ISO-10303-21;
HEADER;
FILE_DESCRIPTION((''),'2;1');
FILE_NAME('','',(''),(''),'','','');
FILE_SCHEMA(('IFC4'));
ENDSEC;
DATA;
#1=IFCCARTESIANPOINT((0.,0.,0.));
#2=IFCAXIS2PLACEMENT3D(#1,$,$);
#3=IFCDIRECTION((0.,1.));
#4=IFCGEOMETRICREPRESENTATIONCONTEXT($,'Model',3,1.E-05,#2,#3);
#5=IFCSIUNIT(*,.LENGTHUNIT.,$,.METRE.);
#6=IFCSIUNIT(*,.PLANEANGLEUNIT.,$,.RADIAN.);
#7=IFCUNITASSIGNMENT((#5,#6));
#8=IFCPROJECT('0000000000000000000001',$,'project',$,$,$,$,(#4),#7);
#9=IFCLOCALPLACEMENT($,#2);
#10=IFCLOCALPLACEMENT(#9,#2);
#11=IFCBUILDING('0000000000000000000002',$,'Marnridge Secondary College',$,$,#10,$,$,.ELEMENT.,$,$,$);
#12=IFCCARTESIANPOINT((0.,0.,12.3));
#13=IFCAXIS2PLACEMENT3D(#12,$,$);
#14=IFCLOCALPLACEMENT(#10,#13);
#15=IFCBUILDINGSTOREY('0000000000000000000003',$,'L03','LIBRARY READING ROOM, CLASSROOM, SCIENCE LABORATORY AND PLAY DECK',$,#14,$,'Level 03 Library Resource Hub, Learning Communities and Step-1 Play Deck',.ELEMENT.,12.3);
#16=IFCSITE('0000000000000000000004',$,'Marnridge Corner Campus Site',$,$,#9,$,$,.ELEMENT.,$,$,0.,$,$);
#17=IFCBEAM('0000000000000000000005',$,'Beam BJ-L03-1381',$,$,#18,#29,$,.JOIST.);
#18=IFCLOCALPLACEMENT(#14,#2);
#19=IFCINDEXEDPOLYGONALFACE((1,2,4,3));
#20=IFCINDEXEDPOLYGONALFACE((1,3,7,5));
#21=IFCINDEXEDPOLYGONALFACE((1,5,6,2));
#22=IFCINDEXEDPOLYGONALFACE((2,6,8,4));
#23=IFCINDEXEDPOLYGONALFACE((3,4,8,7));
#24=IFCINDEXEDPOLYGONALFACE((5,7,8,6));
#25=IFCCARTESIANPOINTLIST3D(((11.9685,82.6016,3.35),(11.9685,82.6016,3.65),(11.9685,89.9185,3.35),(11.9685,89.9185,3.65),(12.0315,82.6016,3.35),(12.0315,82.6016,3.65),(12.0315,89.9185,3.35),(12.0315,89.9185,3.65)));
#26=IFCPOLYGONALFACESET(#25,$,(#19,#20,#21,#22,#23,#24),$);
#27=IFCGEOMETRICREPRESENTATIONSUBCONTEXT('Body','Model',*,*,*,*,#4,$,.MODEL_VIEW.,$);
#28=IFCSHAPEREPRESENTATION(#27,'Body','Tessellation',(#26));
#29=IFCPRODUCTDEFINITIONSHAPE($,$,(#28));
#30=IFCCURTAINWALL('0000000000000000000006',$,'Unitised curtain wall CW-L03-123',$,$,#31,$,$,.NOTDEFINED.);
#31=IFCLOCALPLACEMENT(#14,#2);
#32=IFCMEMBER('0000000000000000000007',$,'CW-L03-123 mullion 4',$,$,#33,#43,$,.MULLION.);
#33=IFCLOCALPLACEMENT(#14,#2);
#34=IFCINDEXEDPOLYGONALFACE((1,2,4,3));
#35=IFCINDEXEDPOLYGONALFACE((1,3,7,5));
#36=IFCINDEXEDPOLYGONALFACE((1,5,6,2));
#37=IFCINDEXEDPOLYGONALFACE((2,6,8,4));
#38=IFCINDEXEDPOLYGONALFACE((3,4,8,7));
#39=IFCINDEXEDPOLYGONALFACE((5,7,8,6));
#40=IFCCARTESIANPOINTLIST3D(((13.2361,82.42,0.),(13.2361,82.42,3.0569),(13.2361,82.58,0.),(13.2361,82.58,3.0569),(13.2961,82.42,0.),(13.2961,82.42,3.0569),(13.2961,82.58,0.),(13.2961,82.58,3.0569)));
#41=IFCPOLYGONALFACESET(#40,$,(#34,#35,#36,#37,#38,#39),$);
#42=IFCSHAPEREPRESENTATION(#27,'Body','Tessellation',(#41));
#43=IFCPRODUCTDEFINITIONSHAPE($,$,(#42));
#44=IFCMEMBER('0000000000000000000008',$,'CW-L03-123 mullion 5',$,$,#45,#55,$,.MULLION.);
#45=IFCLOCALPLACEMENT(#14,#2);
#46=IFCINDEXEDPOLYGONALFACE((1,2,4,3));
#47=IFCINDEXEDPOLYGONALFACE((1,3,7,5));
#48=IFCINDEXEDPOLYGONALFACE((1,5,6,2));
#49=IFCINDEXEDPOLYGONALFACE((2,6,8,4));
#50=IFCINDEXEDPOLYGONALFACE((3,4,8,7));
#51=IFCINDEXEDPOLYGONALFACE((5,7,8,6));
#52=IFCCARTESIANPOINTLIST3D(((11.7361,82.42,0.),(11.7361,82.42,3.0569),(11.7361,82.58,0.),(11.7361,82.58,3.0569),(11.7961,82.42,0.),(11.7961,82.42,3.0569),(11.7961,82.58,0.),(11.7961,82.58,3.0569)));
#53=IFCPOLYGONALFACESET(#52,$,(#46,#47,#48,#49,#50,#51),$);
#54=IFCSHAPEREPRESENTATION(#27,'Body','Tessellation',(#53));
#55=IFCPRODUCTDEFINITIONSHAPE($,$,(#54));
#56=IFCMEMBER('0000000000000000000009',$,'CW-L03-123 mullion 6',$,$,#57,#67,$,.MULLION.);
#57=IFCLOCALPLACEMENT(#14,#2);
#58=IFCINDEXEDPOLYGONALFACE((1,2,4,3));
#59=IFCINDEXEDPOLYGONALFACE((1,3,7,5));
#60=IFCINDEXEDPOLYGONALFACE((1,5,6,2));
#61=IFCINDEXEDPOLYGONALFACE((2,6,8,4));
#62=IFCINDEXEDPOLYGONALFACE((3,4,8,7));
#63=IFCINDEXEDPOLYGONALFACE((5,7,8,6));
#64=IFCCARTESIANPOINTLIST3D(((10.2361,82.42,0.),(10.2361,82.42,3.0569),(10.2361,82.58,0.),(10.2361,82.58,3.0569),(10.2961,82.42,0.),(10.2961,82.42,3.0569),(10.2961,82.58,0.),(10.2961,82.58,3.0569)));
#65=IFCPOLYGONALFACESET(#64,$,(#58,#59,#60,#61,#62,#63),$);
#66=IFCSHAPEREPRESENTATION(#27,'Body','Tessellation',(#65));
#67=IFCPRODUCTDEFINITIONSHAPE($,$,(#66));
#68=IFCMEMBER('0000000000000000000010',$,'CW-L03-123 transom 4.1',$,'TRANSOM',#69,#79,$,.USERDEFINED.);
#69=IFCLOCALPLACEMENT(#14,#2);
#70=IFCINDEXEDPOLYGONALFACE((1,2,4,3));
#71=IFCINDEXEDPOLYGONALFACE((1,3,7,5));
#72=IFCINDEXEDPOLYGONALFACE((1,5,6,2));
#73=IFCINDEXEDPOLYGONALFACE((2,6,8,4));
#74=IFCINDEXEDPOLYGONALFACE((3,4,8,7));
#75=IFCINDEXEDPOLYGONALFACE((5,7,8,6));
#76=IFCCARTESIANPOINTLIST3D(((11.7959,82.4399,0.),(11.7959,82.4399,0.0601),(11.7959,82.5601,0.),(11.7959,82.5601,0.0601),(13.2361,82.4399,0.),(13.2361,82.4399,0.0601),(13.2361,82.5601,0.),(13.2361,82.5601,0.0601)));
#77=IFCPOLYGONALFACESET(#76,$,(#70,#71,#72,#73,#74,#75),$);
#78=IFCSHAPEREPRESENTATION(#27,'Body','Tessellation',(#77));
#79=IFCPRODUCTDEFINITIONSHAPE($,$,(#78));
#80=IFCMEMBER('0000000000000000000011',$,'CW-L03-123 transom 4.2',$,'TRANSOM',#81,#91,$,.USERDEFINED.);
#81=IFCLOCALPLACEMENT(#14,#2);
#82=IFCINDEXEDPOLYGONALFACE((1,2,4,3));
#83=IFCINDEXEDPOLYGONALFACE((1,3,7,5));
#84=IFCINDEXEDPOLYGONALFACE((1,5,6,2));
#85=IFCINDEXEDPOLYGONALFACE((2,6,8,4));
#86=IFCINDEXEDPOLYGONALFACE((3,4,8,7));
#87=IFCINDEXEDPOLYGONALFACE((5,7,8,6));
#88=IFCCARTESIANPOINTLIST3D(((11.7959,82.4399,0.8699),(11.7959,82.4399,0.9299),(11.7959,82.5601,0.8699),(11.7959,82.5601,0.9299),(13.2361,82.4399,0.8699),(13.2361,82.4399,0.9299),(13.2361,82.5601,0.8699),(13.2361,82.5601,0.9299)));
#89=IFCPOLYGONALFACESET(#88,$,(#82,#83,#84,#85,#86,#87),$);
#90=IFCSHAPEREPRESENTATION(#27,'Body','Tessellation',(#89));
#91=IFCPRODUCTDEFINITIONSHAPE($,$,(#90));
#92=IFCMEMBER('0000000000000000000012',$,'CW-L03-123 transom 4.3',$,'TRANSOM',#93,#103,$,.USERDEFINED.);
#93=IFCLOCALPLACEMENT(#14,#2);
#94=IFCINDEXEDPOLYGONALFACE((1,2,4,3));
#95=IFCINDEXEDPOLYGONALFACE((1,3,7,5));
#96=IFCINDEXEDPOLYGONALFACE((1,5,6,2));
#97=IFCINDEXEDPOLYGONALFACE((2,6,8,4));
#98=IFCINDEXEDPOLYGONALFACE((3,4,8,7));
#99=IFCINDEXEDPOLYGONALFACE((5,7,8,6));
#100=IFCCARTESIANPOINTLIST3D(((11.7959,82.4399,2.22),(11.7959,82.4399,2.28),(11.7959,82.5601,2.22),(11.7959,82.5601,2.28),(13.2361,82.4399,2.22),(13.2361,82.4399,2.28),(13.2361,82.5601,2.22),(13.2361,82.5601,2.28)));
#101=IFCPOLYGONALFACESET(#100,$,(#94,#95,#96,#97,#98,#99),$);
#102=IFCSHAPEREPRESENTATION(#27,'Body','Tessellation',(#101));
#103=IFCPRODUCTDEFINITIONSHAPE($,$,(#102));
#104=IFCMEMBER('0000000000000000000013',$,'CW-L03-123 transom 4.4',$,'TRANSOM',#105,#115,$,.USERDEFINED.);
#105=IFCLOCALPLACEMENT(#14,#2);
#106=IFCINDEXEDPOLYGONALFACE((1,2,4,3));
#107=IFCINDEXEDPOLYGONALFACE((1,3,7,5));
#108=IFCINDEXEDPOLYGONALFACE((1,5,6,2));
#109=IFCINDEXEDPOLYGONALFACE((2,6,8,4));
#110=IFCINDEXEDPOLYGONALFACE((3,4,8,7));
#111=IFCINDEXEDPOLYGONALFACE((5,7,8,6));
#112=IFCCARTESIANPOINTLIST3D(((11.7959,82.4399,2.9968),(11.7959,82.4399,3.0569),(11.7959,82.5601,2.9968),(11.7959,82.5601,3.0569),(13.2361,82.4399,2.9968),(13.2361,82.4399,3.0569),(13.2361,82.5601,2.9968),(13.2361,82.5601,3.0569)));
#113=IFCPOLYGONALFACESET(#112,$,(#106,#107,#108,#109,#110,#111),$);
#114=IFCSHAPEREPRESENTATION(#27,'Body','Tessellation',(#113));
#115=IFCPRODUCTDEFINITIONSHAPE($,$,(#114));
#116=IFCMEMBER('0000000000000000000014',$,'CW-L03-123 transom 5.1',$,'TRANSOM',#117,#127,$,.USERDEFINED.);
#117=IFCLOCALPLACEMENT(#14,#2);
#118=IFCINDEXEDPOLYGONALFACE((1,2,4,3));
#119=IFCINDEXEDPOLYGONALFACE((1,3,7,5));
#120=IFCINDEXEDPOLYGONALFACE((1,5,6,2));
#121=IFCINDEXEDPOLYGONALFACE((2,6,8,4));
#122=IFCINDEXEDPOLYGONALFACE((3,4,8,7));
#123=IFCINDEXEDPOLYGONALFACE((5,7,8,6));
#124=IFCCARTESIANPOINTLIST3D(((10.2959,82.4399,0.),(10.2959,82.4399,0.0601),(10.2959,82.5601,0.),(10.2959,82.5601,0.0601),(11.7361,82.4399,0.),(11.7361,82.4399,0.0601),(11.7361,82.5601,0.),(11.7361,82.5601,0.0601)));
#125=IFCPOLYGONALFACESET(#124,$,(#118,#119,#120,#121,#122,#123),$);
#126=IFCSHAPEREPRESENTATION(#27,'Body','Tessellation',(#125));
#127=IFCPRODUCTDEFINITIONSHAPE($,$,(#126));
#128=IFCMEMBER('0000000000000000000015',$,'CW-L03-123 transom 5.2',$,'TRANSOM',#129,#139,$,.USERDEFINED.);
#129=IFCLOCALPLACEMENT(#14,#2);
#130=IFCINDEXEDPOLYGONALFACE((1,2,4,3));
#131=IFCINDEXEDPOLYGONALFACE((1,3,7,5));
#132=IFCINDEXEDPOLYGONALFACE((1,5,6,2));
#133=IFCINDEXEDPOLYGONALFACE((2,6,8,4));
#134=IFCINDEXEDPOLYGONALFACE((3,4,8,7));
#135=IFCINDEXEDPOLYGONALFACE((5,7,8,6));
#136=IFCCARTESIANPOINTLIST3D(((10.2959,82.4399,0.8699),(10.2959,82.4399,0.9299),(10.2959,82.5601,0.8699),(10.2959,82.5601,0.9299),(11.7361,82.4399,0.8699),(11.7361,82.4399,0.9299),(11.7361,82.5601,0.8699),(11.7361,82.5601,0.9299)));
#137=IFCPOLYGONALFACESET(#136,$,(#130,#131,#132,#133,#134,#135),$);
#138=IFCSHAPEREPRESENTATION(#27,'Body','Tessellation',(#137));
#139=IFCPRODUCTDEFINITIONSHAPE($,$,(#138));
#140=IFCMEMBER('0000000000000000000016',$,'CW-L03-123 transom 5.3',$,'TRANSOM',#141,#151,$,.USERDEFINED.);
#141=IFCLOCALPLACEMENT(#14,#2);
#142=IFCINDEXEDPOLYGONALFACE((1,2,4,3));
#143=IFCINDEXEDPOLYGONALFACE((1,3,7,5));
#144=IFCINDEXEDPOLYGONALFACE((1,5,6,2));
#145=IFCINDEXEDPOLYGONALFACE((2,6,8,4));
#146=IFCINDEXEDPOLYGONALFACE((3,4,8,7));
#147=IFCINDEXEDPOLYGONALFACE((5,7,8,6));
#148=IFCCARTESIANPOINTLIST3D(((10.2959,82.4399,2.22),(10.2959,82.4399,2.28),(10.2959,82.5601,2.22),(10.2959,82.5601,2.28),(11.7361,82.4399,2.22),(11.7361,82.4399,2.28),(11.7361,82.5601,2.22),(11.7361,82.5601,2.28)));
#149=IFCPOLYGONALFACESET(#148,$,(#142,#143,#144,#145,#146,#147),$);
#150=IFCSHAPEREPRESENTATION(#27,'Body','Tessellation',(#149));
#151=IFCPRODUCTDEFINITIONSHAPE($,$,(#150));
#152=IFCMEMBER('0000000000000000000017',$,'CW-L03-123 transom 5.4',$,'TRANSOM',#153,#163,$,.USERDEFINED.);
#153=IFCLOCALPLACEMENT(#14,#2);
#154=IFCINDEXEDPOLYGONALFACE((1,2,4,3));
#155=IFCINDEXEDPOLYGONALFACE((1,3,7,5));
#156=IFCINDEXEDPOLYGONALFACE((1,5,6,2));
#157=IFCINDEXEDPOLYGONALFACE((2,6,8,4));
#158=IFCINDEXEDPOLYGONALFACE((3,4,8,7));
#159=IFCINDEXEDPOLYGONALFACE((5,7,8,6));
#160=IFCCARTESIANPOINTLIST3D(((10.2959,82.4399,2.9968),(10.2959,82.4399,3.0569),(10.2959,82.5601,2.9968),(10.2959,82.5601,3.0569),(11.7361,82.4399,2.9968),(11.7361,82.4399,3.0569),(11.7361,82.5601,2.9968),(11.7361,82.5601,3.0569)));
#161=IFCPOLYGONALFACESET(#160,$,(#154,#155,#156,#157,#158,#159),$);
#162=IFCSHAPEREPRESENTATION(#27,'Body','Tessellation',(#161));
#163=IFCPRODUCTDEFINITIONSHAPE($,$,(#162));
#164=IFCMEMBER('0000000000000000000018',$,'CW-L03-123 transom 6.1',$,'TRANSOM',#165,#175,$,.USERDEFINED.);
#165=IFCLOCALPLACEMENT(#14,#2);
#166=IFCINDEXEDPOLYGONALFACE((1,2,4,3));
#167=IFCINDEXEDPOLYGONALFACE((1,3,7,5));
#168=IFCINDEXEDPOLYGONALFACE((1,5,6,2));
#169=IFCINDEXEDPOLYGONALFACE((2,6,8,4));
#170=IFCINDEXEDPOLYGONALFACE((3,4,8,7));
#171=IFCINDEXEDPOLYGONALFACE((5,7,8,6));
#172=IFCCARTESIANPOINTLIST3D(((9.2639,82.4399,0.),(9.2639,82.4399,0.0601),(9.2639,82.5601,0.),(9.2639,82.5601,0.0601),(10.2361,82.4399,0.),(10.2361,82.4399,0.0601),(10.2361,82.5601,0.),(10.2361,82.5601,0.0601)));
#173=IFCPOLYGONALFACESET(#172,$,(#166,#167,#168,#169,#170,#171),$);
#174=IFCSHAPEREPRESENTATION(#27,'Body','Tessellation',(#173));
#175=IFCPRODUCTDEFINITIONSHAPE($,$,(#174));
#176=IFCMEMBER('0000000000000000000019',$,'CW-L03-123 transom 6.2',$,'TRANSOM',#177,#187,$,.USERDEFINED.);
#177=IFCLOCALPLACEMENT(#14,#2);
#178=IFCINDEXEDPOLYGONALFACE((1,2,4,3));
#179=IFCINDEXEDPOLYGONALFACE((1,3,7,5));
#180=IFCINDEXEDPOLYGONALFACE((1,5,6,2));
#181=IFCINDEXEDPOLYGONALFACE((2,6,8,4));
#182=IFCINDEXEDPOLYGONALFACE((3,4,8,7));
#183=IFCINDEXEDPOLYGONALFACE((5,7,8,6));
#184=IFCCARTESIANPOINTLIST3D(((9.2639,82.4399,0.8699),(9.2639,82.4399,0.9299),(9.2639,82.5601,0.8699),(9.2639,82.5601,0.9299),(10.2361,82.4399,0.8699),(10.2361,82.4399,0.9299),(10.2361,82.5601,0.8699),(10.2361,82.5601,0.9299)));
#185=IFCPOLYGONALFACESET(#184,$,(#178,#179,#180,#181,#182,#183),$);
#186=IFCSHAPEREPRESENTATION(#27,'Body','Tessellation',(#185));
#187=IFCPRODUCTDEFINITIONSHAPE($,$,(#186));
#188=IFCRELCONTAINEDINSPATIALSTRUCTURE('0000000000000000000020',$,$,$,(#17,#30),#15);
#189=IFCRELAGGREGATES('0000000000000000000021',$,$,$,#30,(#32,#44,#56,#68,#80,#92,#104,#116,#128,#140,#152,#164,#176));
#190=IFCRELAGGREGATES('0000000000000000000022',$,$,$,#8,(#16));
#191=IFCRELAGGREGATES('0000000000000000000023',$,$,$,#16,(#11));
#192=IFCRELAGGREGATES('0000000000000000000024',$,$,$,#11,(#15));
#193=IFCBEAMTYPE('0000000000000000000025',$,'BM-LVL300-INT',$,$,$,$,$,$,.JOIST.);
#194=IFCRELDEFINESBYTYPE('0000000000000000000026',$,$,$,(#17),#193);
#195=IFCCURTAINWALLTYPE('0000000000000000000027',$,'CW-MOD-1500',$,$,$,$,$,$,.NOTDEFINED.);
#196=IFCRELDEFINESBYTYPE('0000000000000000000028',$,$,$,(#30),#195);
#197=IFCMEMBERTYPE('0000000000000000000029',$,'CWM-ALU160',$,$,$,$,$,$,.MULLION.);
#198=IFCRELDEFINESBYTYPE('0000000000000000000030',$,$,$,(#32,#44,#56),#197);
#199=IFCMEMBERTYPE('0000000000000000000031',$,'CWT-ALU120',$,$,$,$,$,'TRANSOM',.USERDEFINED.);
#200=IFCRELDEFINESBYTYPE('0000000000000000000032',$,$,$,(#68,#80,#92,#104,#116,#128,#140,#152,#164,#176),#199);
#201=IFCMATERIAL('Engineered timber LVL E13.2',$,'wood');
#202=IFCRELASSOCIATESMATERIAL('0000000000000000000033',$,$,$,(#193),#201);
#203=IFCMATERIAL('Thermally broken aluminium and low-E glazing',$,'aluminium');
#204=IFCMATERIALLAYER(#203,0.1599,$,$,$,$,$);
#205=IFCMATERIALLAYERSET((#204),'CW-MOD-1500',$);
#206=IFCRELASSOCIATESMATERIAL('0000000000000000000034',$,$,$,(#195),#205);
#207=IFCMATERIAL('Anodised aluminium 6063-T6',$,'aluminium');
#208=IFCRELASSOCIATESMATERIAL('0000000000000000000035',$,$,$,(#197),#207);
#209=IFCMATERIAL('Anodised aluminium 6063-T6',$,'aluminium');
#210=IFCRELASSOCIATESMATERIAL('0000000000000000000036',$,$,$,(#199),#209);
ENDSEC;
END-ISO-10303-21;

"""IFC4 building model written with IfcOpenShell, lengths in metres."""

from ifc_helpers import new_model, si_unit, direction, frame, origin, origin_2d, place, context, subcontext, project, spatial, rectangle, extrude, material, layer, layer_set, material_profile, profile_set, type_object, element, aggregate, save


model = new_model("IFC4")

# Units and contexts
model_context = context("Model", 3, precision=1e-05, world=origin(), true_north=direction((0.0, 1.0)))
body_context = subcontext(model_context, "Body", "Model", "MODEL_VIEW")
ifc_project = project(units=[si_unit("LENGTHUNIT", "METRE"), si_unit("PLANEANGLEUNIT", "RADIAN")], contexts=[model_context])

# Site, building, storey
site_placement = place(None, origin())
site = spatial("IfcSite", under=ifc_project, at=site_placement, Name="Marnridge Corner Campus Site", CompositionType="ELEMENT", RefElevation=0.0)
building_placement = place(site_placement, origin())
building = spatial("IfcBuilding", under=site, at=building_placement, Name="Marnridge Secondary College", CompositionType="ELEMENT")
storey_placement = place(building_placement, frame((0.0, 0.0, 12.3)))
storey = spatial("IfcBuildingStorey", under=building, at=storey_placement, Name="L03", Description="LIBRARY READING ROOM, CLASSROOM, SCIENCE LABORATORY AND PLAY DECK", LongName="Level 03 Library Resource Hub, Learning Communities and Step-1 Play Deck", CompositionType="ELEMENT", Elevation=12.3)

# Beam
ifc_material_1 = material(Name="Engineered timber LVL E13.2", Category="wood")
ifc_material_profile_1 = material_profile(ifc_material_1, rectangle(XDim=0.063, YDim=0.3, at=origin_2d()), Name="LVL 63x300")
ifc_profile_set_1 = profile_set([ifc_material_profile_1], Name="Engineered timber LVL E13.2")
beam_type = type_object("IfcBeamType", Name="BM-LVL300-INT", PredefinedType="JOIST", material=ifc_profile_set_1)
beam_placement = place(storey_placement, frame((12.0, 82.6016, 3.5), z_axis=(0.0, 1.0, 0.0), x_axis=(-1.0, 0.0, 0.0)))
element("IfcBeam", 1, at=beam_placement, inside=storey, type_object=beam_type, Name="Beam BJ-L03-1381", PredefinedType="JOIST", context=body_context, shape_type="SweptSolid", body=[
    extrude(rectangle(XDim=0.063, YDim=0.3, at=origin_2d()), origin(), (0.0, 0.0, 1.0), 7.3169),
])

# Curtain wall, members
ifc_material_2 = material(Name="Thermally broken aluminium and low-E glazing", Category="aluminium")
ifc_layer_1 = layer(ifc_material_2, 0.1599)
ifc_layer_set_1 = layer_set([ifc_layer_1], Name="CW-MOD-1500")
curtain_wall_type = type_object("IfcCurtainWallType", Name="CW-MOD-1500", PredefinedType="NOTDEFINED", material=ifc_layer_set_1)
curtain_wall_placement = place(storey_placement, origin())
curtain_wall = element("IfcCurtainWall", 2, at=curtain_wall_placement, inside=storey, type_object=curtain_wall_type, Name="Unitised curtain wall CW-L03-123", PredefinedType="NOTDEFINED")
ifc_material_3 = material(Name="Anodised aluminium 6063-T6", Category="aluminium")
ifc_material_profile_2 = material_profile(ifc_material_3, rectangle(XDim=0.0601, YDim=0.1599, at=origin_2d()), Name="ALU 60x160")
ifc_profile_set_2 = profile_set([ifc_material_profile_2], Name="Anodised aluminium 6063-T6")
member_type_1 = type_object("IfcMemberType", Name="CWM-ALU160", PredefinedType="MULLION", material=ifc_profile_set_2)
member_1_placement = place(storey_placement, frame((13.2661, 82.5, 0.0), z_axis=(0.0, 0.0, 1.0), x_axis=(-1.0, 0.0, 0.0)))
member_1 = element("IfcMember", 3, at=member_1_placement, type_object=member_type_1, Name="CW-L03-123 mullion 4", PredefinedType="MULLION", context=body_context, shape_type="SweptSolid", body=[
    extrude(rectangle(XDim=0.0601, YDim=0.1599, at=origin_2d()), origin(), (0.0, 0.0, 1.0), 3.0569),
])
member_2_placement = place(storey_placement, frame((11.7661, 82.5, 0.0), z_axis=(0.0, 0.0, 1.0), x_axis=(-1.0, 0.0, 0.0)))
member_2 = element("IfcMember", 4, at=member_2_placement, type_object=member_type_1, Name="CW-L03-123 mullion 5", PredefinedType="MULLION", context=body_context, shape_type="SweptSolid", body=[
    extrude(rectangle(XDim=0.0601, YDim=0.1599, at=origin_2d()), origin(), (0.0, 0.0, 1.0), 3.0569),
])
member_3_placement = place(storey_placement, frame((10.2661, 82.5, 0.0), z_axis=(0.0, 0.0, 1.0), x_axis=(-1.0, 0.0, 0.0)))
member_3 = element("IfcMember", 5, at=member_3_placement, type_object=member_type_1, Name="CW-L03-123 mullion 6", PredefinedType="MULLION", context=body_context, shape_type="SweptSolid", body=[
    extrude(rectangle(XDim=0.0601, YDim=0.1599, at=origin_2d()), origin(), (0.0, 0.0, 1.0), 3.0569),
])
ifc_material_4 = material(Name="Anodised aluminium 6063-T6", Category="aluminium")
ifc_material_profile_3 = material_profile(ifc_material_4, rectangle(XDim=0.0601, YDim=0.1201, at=origin_2d()), Name="ALU 60x120")
ifc_profile_set_3 = profile_set([ifc_material_profile_3], Name="Anodised aluminium 6063-T6")
member_type_2 = type_object("IfcMemberType", Name="CWT-ALU120", ElementType="TRANSOM", PredefinedType="USERDEFINED", material=ifc_profile_set_3)
member_4_placement = place(storey_placement, frame((13.2361, 82.5, 0.03), z_axis=(-1.0, 0.0, 0.0), x_axis=(0.0, 0.0, 1.0)))
member_4 = element("IfcMember", 6, at=member_4_placement, type_object=member_type_2, Name="CW-L03-123 transom 4.1", ObjectType="TRANSOM", PredefinedType="USERDEFINED", context=body_context, shape_type="SweptSolid", body=[
    extrude(rectangle(XDim=0.0601, YDim=0.1201, at=origin_2d()), origin(), (0.0, 0.0, 1.0), 1.4402),
])
member_5_placement = place(storey_placement, frame((13.2361, 82.5, 0.8999), z_axis=(-1.0, 0.0, 0.0), x_axis=(0.0, 0.0, 1.0)))
member_5 = element("IfcMember", 7, at=member_5_placement, type_object=member_type_2, Name="CW-L03-123 transom 4.2", ObjectType="TRANSOM", PredefinedType="USERDEFINED", context=body_context, shape_type="SweptSolid", body=[
    extrude(rectangle(XDim=0.0601, YDim=0.1201, at=origin_2d()), origin(), (0.0, 0.0, 1.0), 1.4402),
])
member_6_placement = place(storey_placement, frame((13.2361, 82.5, 2.25), z_axis=(-1.0, 0.0, 0.0), x_axis=(0.0, 0.0, 1.0)))
member_6 = element("IfcMember", 8, at=member_6_placement, type_object=member_type_2, Name="CW-L03-123 transom 4.3", ObjectType="TRANSOM", PredefinedType="USERDEFINED", context=body_context, shape_type="SweptSolid", body=[
    extrude(rectangle(XDim=0.0601, YDim=0.1201, at=origin_2d()), origin(), (0.0, 0.0, 1.0), 1.4402),
])
member_7_placement = place(storey_placement, frame((13.2361, 82.5, 3.0269), z_axis=(-1.0, 0.0, 0.0), x_axis=(0.0, 0.0, 1.0)))
member_7 = element("IfcMember", 9, at=member_7_placement, type_object=member_type_2, Name="CW-L03-123 transom 4.4", ObjectType="TRANSOM", PredefinedType="USERDEFINED", context=body_context, shape_type="SweptSolid", body=[
    extrude(rectangle(XDim=0.0601, YDim=0.1201, at=origin_2d()), origin(), (0.0, 0.0, 1.0), 1.4402),
])
member_8_placement = place(storey_placement, frame((11.7361, 82.5, 0.03), z_axis=(-1.0, 0.0, 0.0), x_axis=(0.0, 0.0, 1.0)))
member_8 = element("IfcMember", 10, at=member_8_placement, type_object=member_type_2, Name="CW-L03-123 transom 5.1", ObjectType="TRANSOM", PredefinedType="USERDEFINED", context=body_context, shape_type="SweptSolid", body=[
    extrude(rectangle(XDim=0.0601, YDim=0.1201, at=origin_2d()), origin(), (0.0, 0.0, 1.0), 1.4402),
])
member_9_placement = place(storey_placement, frame((11.7361, 82.5, 0.8999), z_axis=(-1.0, 0.0, 0.0), x_axis=(0.0, 0.0, 1.0)))
member_9 = element("IfcMember", 11, at=member_9_placement, type_object=member_type_2, Name="CW-L03-123 transom 5.2", ObjectType="TRANSOM", PredefinedType="USERDEFINED", context=body_context, shape_type="SweptSolid", body=[
    extrude(rectangle(XDim=0.0601, YDim=0.1201, at=origin_2d()), origin(), (0.0, 0.0, 1.0), 1.4402),
])
member_10_placement = place(storey_placement, frame((11.7361, 82.5, 2.25), z_axis=(-1.0, 0.0, 0.0), x_axis=(0.0, 0.0, 1.0)))
member_10 = element("IfcMember", 12, at=member_10_placement, type_object=member_type_2, Name="CW-L03-123 transom 5.3", ObjectType="TRANSOM", PredefinedType="USERDEFINED", context=body_context, shape_type="SweptSolid", body=[
    extrude(rectangle(XDim=0.0601, YDim=0.1201, at=origin_2d()), origin(), (0.0, 0.0, 1.0), 1.4402),
])
member_11_placement = place(storey_placement, frame((11.7361, 82.5, 3.0269), z_axis=(-1.0, 0.0, 0.0), x_axis=(0.0, 0.0, 1.0)))
member_11 = element("IfcMember", 13, at=member_11_placement, type_object=member_type_2, Name="CW-L03-123 transom 5.4", ObjectType="TRANSOM", PredefinedType="USERDEFINED", context=body_context, shape_type="SweptSolid", body=[
    extrude(rectangle(XDim=0.0601, YDim=0.1201, at=origin_2d()), origin(), (0.0, 0.0, 1.0), 1.4402),
])
member_12_placement = place(storey_placement, frame((10.2361, 82.5, 0.03), z_axis=(-1.0, 0.0, 0.0), x_axis=(0.0, 0.0, 1.0)))
member_12 = element("IfcMember", 14, at=member_12_placement, type_object=member_type_2, Name="CW-L03-123 transom 6.1", ObjectType="TRANSOM", PredefinedType="USERDEFINED", context=body_context, shape_type="SweptSolid", body=[
    extrude(rectangle(XDim=0.0601, YDim=0.1201, at=origin_2d()), origin(), (0.0, 0.0, 1.0), 0.9722),
])
member_13_placement = place(storey_placement, frame((10.2361, 82.5, 0.8999), z_axis=(-1.0, 0.0, 0.0), x_axis=(0.0, 0.0, 1.0)))
member_13 = element("IfcMember", 15, at=member_13_placement, type_object=member_type_2, Name="CW-L03-123 transom 6.2", ObjectType="TRANSOM", PredefinedType="USERDEFINED", context=body_context, shape_type="SweptSolid", body=[
    extrude(rectangle(XDim=0.0601, YDim=0.1201, at=origin_2d()), origin(), (0.0, 0.0, 1.0), 0.9722),
])
aggregate(curtain_wall, [member_1, member_2, member_3, member_4, member_5, member_6, member_7, member_8, member_9, member_10, member_11, member_12, member_13])

save(model, "model.ifc")
